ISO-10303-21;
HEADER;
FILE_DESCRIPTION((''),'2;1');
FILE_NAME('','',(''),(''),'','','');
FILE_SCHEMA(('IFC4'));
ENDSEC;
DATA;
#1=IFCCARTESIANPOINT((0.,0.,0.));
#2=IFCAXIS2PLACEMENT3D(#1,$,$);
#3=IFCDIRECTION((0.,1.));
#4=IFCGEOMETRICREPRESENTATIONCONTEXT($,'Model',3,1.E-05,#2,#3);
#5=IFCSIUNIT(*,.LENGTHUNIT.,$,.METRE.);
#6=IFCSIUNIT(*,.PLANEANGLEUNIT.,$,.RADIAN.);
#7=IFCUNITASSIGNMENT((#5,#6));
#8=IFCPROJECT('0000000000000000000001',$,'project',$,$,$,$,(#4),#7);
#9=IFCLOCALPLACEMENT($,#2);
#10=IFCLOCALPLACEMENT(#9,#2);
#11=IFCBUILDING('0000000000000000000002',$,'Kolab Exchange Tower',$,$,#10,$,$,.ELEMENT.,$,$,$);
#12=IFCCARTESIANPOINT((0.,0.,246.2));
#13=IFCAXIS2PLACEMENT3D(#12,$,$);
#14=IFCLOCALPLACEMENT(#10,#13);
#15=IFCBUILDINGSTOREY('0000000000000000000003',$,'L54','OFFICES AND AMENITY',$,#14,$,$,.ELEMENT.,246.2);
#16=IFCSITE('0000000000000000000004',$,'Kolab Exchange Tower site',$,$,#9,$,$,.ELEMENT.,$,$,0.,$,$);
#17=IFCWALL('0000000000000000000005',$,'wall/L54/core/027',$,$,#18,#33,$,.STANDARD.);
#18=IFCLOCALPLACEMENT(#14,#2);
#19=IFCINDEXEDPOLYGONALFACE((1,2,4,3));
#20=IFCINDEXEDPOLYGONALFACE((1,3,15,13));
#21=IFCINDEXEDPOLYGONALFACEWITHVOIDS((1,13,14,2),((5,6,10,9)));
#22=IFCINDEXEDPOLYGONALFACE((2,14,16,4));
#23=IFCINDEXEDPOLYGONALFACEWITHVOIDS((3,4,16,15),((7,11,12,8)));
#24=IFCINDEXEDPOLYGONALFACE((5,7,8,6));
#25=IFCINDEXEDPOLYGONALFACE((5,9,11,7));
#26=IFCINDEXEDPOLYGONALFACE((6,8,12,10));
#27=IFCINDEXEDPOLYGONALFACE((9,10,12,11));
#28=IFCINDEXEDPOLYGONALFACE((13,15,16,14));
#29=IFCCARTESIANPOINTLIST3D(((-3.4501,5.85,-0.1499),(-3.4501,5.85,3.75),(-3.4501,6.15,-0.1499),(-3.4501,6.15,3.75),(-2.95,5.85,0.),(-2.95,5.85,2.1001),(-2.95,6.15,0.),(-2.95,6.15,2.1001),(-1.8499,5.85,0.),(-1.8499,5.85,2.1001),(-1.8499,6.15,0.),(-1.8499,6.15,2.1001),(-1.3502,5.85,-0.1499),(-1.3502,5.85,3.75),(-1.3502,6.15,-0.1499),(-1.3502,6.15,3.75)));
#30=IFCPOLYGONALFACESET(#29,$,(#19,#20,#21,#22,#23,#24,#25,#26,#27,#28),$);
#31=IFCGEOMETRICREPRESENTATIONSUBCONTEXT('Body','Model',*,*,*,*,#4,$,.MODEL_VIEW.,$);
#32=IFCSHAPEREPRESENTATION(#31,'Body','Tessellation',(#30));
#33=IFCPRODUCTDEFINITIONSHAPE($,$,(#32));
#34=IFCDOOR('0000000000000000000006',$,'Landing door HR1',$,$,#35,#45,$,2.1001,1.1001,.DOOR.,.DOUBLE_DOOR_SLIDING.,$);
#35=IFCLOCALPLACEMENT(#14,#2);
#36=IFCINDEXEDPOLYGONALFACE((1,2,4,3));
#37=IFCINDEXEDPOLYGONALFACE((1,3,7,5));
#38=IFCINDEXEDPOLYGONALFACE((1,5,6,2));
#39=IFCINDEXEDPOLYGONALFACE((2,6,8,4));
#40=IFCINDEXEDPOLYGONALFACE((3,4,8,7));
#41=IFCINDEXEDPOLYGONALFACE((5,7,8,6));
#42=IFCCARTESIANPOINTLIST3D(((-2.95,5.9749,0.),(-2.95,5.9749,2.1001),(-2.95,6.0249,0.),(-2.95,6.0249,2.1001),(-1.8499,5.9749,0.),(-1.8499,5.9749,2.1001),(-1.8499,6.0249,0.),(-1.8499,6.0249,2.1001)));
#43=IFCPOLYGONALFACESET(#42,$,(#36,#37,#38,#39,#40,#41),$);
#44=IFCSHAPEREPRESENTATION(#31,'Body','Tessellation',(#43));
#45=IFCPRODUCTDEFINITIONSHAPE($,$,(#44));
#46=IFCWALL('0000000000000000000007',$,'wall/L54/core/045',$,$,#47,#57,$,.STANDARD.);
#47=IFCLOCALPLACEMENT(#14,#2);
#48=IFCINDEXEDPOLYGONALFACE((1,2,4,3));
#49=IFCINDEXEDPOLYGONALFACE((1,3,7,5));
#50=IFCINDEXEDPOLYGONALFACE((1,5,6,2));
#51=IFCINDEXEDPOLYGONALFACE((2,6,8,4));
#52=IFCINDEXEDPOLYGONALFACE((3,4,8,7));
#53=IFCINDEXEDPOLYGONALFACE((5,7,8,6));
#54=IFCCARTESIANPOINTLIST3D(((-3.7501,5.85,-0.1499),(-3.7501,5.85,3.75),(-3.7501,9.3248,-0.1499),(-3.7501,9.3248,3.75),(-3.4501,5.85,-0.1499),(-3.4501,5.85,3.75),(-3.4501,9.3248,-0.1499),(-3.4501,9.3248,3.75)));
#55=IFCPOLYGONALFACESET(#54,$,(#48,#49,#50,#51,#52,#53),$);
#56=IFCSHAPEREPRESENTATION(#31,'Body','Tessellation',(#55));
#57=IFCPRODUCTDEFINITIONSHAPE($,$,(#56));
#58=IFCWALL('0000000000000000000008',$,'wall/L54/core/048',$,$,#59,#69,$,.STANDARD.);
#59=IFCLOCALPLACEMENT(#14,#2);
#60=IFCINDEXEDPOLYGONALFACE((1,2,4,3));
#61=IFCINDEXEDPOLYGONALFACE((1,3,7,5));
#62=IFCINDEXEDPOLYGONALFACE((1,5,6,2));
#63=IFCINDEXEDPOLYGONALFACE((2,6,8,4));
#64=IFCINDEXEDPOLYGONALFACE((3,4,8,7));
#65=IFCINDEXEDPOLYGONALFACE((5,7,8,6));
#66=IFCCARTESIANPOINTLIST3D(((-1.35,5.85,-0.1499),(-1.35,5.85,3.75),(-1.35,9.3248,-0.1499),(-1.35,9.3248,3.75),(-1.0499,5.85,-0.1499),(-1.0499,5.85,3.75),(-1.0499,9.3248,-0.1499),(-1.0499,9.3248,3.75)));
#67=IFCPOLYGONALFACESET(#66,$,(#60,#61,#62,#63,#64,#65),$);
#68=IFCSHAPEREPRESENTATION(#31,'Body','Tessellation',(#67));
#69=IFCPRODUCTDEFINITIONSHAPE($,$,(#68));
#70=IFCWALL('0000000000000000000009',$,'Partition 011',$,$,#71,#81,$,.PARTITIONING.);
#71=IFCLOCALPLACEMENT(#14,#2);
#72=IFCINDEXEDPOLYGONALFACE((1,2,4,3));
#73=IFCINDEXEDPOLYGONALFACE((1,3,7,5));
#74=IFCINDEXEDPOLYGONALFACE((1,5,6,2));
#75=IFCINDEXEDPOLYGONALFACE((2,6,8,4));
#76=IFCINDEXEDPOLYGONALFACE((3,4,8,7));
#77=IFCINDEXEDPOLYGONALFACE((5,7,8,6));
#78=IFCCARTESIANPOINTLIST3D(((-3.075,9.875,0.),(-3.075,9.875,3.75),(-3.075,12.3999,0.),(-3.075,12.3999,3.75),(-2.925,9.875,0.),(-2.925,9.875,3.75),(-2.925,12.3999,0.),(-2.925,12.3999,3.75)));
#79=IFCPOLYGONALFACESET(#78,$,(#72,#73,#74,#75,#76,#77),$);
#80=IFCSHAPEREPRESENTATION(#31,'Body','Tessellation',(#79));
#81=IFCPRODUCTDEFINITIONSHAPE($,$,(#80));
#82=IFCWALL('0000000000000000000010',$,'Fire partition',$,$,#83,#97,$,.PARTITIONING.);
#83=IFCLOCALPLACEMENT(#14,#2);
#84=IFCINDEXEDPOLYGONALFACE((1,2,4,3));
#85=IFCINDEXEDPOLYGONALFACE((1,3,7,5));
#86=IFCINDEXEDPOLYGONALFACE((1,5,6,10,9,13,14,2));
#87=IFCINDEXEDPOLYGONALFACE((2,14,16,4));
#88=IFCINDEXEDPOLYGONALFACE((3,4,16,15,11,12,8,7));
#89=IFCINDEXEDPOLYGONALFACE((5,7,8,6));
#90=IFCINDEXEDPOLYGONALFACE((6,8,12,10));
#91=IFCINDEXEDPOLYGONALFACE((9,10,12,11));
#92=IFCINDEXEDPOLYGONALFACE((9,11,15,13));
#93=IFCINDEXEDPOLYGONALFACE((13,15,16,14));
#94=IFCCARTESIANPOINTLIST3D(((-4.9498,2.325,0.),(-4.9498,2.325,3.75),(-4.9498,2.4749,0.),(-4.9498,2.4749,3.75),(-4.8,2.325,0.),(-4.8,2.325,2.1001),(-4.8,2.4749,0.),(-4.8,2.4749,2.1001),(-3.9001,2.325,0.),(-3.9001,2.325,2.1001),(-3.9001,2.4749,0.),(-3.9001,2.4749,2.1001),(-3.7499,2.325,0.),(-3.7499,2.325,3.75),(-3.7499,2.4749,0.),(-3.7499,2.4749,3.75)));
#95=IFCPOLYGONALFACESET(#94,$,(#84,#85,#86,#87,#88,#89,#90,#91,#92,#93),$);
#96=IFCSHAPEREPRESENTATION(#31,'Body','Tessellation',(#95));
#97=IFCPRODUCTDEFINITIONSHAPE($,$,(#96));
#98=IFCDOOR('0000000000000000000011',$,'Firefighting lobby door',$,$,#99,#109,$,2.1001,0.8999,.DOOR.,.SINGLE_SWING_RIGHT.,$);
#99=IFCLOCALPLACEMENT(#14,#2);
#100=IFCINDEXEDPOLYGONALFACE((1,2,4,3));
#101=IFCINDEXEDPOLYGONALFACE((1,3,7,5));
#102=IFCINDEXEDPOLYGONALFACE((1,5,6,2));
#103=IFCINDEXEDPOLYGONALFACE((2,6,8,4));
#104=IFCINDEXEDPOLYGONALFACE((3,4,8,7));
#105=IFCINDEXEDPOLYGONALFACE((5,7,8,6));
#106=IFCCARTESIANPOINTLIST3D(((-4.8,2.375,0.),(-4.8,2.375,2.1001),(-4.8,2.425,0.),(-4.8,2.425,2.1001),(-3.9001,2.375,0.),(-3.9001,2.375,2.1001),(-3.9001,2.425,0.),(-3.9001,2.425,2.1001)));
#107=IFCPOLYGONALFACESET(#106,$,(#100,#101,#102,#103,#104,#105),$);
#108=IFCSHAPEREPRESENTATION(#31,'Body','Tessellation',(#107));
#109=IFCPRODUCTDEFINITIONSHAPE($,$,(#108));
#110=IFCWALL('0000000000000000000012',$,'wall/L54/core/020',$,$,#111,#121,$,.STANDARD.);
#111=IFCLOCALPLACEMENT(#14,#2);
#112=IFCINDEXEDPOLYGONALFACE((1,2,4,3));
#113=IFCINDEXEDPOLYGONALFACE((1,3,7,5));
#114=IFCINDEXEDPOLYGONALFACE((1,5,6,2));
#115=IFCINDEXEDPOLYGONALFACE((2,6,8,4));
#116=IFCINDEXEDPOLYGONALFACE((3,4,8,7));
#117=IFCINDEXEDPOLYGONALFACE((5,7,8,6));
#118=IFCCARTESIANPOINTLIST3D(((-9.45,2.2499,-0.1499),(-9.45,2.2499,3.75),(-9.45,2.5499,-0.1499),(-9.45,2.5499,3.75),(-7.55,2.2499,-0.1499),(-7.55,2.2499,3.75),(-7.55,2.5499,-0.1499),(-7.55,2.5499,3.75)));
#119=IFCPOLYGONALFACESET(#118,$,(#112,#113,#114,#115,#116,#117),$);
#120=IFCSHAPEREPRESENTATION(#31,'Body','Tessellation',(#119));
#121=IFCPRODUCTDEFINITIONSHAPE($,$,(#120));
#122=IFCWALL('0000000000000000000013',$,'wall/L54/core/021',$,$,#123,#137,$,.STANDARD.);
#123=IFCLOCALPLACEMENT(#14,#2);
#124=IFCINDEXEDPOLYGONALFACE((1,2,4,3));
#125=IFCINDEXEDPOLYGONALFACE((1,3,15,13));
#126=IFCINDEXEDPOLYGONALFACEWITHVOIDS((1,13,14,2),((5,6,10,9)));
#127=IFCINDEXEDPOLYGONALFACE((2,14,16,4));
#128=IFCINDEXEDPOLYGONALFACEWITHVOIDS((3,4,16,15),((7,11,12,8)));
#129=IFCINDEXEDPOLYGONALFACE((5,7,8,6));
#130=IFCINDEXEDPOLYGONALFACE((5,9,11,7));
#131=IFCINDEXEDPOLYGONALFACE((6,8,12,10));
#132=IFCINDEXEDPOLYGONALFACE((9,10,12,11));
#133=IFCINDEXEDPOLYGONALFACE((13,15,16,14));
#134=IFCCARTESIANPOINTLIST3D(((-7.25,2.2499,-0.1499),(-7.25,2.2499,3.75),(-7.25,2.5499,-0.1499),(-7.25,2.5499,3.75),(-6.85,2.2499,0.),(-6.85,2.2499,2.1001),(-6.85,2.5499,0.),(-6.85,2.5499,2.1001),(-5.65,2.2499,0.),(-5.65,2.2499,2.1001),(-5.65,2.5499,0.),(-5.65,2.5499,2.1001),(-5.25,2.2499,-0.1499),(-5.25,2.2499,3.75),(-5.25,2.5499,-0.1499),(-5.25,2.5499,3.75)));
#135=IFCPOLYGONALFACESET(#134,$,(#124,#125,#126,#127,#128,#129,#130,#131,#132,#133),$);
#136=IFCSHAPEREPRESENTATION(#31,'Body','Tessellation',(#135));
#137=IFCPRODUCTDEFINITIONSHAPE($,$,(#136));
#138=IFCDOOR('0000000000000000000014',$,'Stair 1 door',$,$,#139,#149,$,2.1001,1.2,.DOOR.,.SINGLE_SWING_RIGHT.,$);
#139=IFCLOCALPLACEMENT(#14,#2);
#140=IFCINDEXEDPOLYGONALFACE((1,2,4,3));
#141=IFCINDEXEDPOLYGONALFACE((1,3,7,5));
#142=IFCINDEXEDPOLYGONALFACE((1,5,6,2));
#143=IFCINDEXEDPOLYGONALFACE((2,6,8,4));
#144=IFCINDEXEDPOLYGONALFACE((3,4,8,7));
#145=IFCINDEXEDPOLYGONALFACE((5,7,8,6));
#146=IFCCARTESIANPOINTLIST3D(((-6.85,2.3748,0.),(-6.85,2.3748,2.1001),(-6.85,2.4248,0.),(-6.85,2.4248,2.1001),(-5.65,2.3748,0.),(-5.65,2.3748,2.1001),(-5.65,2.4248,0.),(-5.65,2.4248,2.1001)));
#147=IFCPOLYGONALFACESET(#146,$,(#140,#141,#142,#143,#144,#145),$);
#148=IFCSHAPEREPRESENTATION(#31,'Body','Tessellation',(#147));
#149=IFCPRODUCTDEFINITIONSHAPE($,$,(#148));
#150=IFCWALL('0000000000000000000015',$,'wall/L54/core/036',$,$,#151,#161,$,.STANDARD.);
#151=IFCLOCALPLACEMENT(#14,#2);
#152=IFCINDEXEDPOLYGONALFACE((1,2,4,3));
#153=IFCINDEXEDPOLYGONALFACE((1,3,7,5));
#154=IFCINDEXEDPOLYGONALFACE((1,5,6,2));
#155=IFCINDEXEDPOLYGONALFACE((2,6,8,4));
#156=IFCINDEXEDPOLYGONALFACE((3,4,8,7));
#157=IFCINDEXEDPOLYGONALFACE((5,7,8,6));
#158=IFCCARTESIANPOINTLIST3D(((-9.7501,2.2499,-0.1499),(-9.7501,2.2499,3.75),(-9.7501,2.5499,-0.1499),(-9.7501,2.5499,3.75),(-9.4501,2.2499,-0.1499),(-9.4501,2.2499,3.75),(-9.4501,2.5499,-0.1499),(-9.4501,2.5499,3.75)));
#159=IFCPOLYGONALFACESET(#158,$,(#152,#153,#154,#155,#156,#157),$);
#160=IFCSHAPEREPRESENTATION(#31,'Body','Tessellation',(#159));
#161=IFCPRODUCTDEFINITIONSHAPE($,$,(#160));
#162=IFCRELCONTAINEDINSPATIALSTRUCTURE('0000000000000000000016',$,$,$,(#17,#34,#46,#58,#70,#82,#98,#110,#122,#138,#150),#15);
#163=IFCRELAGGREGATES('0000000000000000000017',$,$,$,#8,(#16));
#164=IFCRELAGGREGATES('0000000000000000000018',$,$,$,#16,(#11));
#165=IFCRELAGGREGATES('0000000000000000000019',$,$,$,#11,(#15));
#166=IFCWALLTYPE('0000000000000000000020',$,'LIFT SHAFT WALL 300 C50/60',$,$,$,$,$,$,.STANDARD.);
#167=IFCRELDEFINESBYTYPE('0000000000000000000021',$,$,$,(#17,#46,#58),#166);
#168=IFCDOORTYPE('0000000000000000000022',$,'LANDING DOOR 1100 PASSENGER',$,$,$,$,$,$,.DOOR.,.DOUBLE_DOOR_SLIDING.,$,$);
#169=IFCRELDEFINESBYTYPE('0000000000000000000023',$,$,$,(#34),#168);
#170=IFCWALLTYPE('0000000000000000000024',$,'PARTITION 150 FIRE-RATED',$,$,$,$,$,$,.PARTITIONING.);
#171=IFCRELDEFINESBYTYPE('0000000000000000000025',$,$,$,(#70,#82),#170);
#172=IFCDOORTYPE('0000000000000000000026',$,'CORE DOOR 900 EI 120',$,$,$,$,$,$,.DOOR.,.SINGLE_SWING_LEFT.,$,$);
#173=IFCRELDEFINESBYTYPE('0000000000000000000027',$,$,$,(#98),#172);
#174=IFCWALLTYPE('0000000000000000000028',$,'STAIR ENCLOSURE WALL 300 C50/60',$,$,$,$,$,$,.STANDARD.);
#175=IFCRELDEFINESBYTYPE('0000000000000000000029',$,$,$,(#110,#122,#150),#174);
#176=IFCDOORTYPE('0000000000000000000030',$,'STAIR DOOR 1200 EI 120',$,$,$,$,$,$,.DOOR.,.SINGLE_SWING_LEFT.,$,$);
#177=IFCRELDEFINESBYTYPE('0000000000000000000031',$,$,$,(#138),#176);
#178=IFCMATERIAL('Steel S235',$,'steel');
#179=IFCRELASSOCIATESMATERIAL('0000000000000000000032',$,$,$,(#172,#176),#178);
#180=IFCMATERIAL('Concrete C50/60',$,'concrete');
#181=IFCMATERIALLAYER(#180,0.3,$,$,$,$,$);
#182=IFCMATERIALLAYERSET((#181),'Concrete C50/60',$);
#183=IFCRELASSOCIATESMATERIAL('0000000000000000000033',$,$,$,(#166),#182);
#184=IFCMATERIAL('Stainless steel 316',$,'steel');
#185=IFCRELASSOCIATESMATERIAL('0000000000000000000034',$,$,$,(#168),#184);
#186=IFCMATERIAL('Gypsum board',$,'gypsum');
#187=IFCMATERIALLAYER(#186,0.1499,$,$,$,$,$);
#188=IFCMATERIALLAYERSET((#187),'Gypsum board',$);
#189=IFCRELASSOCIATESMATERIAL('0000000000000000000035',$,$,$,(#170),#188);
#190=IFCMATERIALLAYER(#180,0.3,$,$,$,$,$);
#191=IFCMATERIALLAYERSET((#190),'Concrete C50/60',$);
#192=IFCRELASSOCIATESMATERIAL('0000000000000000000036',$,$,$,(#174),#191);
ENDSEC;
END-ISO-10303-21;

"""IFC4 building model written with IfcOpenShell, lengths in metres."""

from ifc_helpers import new_model, si_unit, direction, frame, frame_2d, origin, place, context, subcontext, project, spatial, rectangle, extrude, material, layer, layer_set, type_object, element, fill, save


model = new_model("IFC4")

# Units and contexts
model_context = context("Model", 3, precision=1e-05, world=origin(), true_north=direction((0.0, 1.0)))
body_context = subcontext(model_context, "Body", "Model", "MODEL_VIEW")
ifc_project = project(units=[si_unit("LENGTHUNIT", "METRE"), si_unit("PLANEANGLEUNIT", "RADIAN")], contexts=[model_context])

# Site, building, storey
site_placement = place(None, origin())
site = spatial("IfcSite", under=ifc_project, at=site_placement, Name="Kolab Exchange Tower site", CompositionType="ELEMENT", RefElevation=0.0)
building_placement = place(site_placement, origin())
building = spatial("IfcBuilding", under=site, at=building_placement, Name="Kolab Exchange Tower", CompositionType="ELEMENT")
storey_placement = place(building_placement, frame((0.0, 0.0, 246.2)))
storey = spatial("IfcBuildingStorey", under=building, at=storey_placement, Name="L54", Description="OFFICES AND AMENITY", CompositionType="ELEMENT", Elevation=246.2)

# Shared definitions
ifc_material_1 = material(Name="Concrete C50/60", Category="concrete")
ifc_material_2 = material(Name="Steel S235", Category="steel")
door_type_1 = type_object("IfcDoorType", Name="CORE DOOR 900 EI 120", OperationType="SINGLE_SWING_LEFT", PredefinedType="DOOR", material=ifc_material_2)

# Shared definitions
ifc_layer_1 = layer(ifc_material_1, 0.3)
ifc_layer_set_1 = layer_set([ifc_layer_1], Name="Concrete C50/60")
wall_type_1 = type_object("IfcWallType", Name="LIFT SHAFT WALL 300 C50/60", PredefinedType="STANDARD", material=ifc_layer_set_1)

# Wall, opening, door
ifc_material_3 = material(Name="Stainless steel 316", Category="steel")
door_type_2 = type_object("IfcDoorType", Name="LANDING DOOR 1100 PASSENGER", OperationType="DOUBLE_DOOR_SLIDING", PredefinedType="DOOR", material=ifc_material_3)
wall_1_placement = place(storey_placement, frame((-3.45, 6.0, -0.1499), z_axis=(0.0, 0.0, 1.0), x_axis=(1.0, 0.0, 0.0)))
wall_1 = element("IfcWall", 1, at=wall_1_placement, inside=storey, type_object=wall_type_1, Name="wall/L54/core/027", PredefinedType="STANDARD", context=body_context, shape_type="SweptSolid", body=[
    extrude(rectangle(XDim=2.0999, YDim=0.3, at=frame_2d((1.0498, 0.0))), origin(), (0.0, 0.0, 1.0), 3.8999),
])
opening_1_placement = place(wall_1_placement, frame((0.5, 0.0, 0.1499)))
opening_1 = element("IfcOpeningElement", 2, at=opening_1_placement, cuts=wall_1, PredefinedType="OPENING", context=body_context, shape_type="SweptSolid", body=[
    extrude(rectangle(XDim=1.1001, YDim=2.1001, at=frame_2d((0.55, 1.05))), frame((0.0, 0.1602, 0.0), z_axis=(0.0, -1.0, 0.0), x_axis=(1.0, 0.0, 0.0)), (0.0, 0.0, 1.0), 0.3201),
])
door_1_placement = place(opening_1_placement, origin())
door_1 = element("IfcDoor", 3, at=door_1_placement, inside=storey, type_object=door_type_2, Name="Landing door HR1", OperationType="DOUBLE_DOOR_SLIDING", OverallHeight=2.1001, OverallWidth=1.1001, PredefinedType="DOOR", context=body_context, shape_type="SweptSolid", body=[
    extrude(rectangle(XDim=1.1001, YDim=2.1001, at=frame_2d((0.55, 1.05))), frame((0.0, 0.0249, 0.0), z_axis=(0.0, -1.0, 0.0), x_axis=(1.0, 0.0, 0.0)), (0.0, 0.0, 1.0), 0.05),
])
fill(opening_1, door_1)

# Walls
for number, where, z_axis, x_axis, name in (
    (4, (-3.6001, 5.8501, -0.1499), (0.0, 0.0, 1.0), (0.0, 1.0, 0.0), "wall/L54/core/045"),
    (5, (-1.2, 5.8501, -0.1499), (0.0, 0.0, 1.0), (0.0, 1.0, 0.0), "wall/L54/core/048"),
):
    element("IfcWall", number, at=place(storey_placement, frame(where, z_axis=z_axis, x_axis=x_axis)), inside=storey, type_object=wall_type_1, Name=name, PredefinedType="STANDARD", context=body_context, shape_type="SweptSolid", body=[
        extrude(rectangle(XDim=3.4749, YDim=0.3, at=frame_2d((1.7373, 0.0))), origin(), (0.0, 0.0, 1.0), 3.8999),
    ])
ifc_material_4 = material(Name="Gypsum board", Category="gypsum")
ifc_layer_2 = layer(ifc_material_4, 0.1499)
ifc_layer_set_2 = layer_set([ifc_layer_2], Name="Gypsum board")
wall_type_2 = type_object("IfcWallType", Name="PARTITION 150 FIRE-RATED", PredefinedType="PARTITIONING", material=ifc_layer_set_2)
wall_2_placement = place(storey_placement, frame((-3.0, 9.875, 0.0), z_axis=(0.0, 0.0, 1.0), x_axis=(0.0, 1.0, 0.0)))
element("IfcWall", 6, at=wall_2_placement, inside=storey, type_object=wall_type_2, Name="Partition 011", PredefinedType="PARTITIONING", context=body_context, shape_type="SweptSolid", body=[
    extrude(rectangle(XDim=2.5249, YDim=0.1499, at=frame_2d((1.2625, 0.0))), origin(), (0.0, 0.0, 1.0), 3.75),
])

# Wall, opening, door
wall_3_placement = place(storey_placement, frame((-4.95, 2.3999, 0.0), z_axis=(0.0, 0.0, 1.0), x_axis=(1.0, 0.0, 0.0)))
wall_3 = element("IfcWall", 7, at=wall_3_placement, inside=storey, type_object=wall_type_2, Name="Fire partition", PredefinedType="PARTITIONING", context=body_context, shape_type="SweptSolid", body=[
    extrude(rectangle(XDim=1.2, YDim=0.1499, at=frame_2d((0.6001, 0.0))), origin(), (0.0, 0.0, 1.0), 3.75),
])
opening_2_placement = place(wall_3_placement, frame((0.1499, 0.0, 0.0)))
opening_2 = element("IfcOpeningElement", 8, at=opening_2_placement, cuts=wall_3, PredefinedType="OPENING", context=body_context, shape_type="SweptSolid", body=[
    extrude(rectangle(XDim=0.8999, YDim=2.1001, at=frame_2d((0.45, 1.05))), frame((0.0, 0.085, 0.0), z_axis=(0.0, -1.0, 0.0), x_axis=(1.0, 0.0, 0.0)), (0.0, 0.0, 1.0), 0.1699),
])
door_2_placement = place(opening_2_placement, frame((0.8999, 0.0, 0.0), z_axis=(0.0, 0.0, 1.0), x_axis=(-1.0, 0.0, 0.0)))
door_2 = element("IfcDoor", 9, at=door_2_placement, inside=storey, type_object=door_type_1, Name="Firefighting lobby door", OperationType="SINGLE_SWING_RIGHT", OverallHeight=2.1001, OverallWidth=0.8999, PredefinedType="DOOR", context=body_context, shape_type="SweptSolid", body=[
    extrude(rectangle(XDim=0.8999, YDim=2.1001, at=frame_2d((0.45, 1.05))), frame((0.0, 0.0249, 0.0), z_axis=(0.0, -1.0, 0.0), x_axis=(1.0, 0.0, 0.0)), (0.0, 0.0, 1.0), 0.05),
])
fill(opening_2, door_2)

# Wall
ifc_layer_3 = layer(ifc_material_1, 0.3)
ifc_layer_set_3 = layer_set([ifc_layer_3], Name="Concrete C50/60")
wall_type_3 = type_object("IfcWallType", Name="STAIR ENCLOSURE WALL 300 C50/60", PredefinedType="STANDARD", material=ifc_layer_set_3)
wall_4_placement = place(storey_placement, frame((-9.45, 2.3999, -0.1499), z_axis=(0.0, 0.0, 1.0), x_axis=(1.0, 0.0, 0.0)))
element("IfcWall", 10, at=wall_4_placement, inside=storey, type_object=wall_type_3, Name="wall/L54/core/020", PredefinedType="STANDARD", context=body_context, shape_type="SweptSolid", body=[
    extrude(rectangle(XDim=1.8999, YDim=0.3, at=frame_2d((0.95, 0.0))), origin(), (0.0, 0.0, 1.0), 3.8999),
])

# Wall, opening, door
wall_5_placement = place(storey_placement, frame((-7.25, 2.3999, -0.1499), z_axis=(0.0, 0.0, 1.0), x_axis=(1.0, 0.0, 0.0)))
wall_5 = element("IfcWall", 11, at=wall_5_placement, inside=storey, type_object=wall_type_3, Name="wall/L54/core/021", PredefinedType="STANDARD", context=body_context, shape_type="SweptSolid", body=[
    extrude(rectangle(XDim=2.0, YDim=0.3, at=frame_2d((1.0, 0.0))), origin(), (0.0, 0.0, 1.0), 3.8999),
])
opening_3_placement = place(wall_5_placement, frame((0.3999, 0.0, 0.1499)))
opening_3 = element("IfcOpeningElement", 12, at=opening_3_placement, cuts=wall_5, PredefinedType="OPENING", context=body_context, shape_type="SweptSolid", body=[
    extrude(rectangle(XDim=1.2, YDim=2.1001, at=frame_2d((0.6001, 1.05))), frame((0.0, 0.1602, 0.0), z_axis=(0.0, -1.0, 0.0), x_axis=(1.0, 0.0, 0.0)), (0.0, 0.0, 1.0), 0.3201),
])
door_type_3 = type_object("IfcDoorType", Name="STAIR DOOR 1200 EI 120", OperationType="SINGLE_SWING_LEFT", PredefinedType="DOOR", material=ifc_material_2)
door_3_placement = place(opening_3_placement, origin())
door_3 = element("IfcDoor", 13, at=door_3_placement, inside=storey, type_object=door_type_3, Name="Stair 1 door", OperationType="SINGLE_SWING_RIGHT", OverallHeight=2.1001, OverallWidth=1.2, PredefinedType="DOOR", context=body_context, shape_type="SweptSolid", body=[
    extrude(rectangle(XDim=1.2, YDim=2.1001, at=frame_2d((0.6001, 1.05))), frame((0.0, 0.0249, 0.0), z_axis=(0.0, -1.0, 0.0), x_axis=(1.0, 0.0, 0.0)), (0.0, 0.0, 1.0), 0.05),
])
fill(opening_3, door_3)

# Wall
wall_6_placement = place(storey_placement, frame((-9.6001, 2.25, -0.1499), z_axis=(0.0, 0.0, 1.0), x_axis=(0.0, 1.0, 0.0)))
element("IfcWall", 14, at=wall_6_placement, inside=storey, type_object=wall_type_3, Name="wall/L54/core/036", PredefinedType="STANDARD", context=body_context, shape_type="SweptSolid", body=[
    extrude(rectangle(XDim=0.3, YDim=0.3, at=frame_2d((0.1499, 0.0))), origin(), (0.0, 0.0, 1.0), 3.8999),
])

save(model, "model.ifc")
